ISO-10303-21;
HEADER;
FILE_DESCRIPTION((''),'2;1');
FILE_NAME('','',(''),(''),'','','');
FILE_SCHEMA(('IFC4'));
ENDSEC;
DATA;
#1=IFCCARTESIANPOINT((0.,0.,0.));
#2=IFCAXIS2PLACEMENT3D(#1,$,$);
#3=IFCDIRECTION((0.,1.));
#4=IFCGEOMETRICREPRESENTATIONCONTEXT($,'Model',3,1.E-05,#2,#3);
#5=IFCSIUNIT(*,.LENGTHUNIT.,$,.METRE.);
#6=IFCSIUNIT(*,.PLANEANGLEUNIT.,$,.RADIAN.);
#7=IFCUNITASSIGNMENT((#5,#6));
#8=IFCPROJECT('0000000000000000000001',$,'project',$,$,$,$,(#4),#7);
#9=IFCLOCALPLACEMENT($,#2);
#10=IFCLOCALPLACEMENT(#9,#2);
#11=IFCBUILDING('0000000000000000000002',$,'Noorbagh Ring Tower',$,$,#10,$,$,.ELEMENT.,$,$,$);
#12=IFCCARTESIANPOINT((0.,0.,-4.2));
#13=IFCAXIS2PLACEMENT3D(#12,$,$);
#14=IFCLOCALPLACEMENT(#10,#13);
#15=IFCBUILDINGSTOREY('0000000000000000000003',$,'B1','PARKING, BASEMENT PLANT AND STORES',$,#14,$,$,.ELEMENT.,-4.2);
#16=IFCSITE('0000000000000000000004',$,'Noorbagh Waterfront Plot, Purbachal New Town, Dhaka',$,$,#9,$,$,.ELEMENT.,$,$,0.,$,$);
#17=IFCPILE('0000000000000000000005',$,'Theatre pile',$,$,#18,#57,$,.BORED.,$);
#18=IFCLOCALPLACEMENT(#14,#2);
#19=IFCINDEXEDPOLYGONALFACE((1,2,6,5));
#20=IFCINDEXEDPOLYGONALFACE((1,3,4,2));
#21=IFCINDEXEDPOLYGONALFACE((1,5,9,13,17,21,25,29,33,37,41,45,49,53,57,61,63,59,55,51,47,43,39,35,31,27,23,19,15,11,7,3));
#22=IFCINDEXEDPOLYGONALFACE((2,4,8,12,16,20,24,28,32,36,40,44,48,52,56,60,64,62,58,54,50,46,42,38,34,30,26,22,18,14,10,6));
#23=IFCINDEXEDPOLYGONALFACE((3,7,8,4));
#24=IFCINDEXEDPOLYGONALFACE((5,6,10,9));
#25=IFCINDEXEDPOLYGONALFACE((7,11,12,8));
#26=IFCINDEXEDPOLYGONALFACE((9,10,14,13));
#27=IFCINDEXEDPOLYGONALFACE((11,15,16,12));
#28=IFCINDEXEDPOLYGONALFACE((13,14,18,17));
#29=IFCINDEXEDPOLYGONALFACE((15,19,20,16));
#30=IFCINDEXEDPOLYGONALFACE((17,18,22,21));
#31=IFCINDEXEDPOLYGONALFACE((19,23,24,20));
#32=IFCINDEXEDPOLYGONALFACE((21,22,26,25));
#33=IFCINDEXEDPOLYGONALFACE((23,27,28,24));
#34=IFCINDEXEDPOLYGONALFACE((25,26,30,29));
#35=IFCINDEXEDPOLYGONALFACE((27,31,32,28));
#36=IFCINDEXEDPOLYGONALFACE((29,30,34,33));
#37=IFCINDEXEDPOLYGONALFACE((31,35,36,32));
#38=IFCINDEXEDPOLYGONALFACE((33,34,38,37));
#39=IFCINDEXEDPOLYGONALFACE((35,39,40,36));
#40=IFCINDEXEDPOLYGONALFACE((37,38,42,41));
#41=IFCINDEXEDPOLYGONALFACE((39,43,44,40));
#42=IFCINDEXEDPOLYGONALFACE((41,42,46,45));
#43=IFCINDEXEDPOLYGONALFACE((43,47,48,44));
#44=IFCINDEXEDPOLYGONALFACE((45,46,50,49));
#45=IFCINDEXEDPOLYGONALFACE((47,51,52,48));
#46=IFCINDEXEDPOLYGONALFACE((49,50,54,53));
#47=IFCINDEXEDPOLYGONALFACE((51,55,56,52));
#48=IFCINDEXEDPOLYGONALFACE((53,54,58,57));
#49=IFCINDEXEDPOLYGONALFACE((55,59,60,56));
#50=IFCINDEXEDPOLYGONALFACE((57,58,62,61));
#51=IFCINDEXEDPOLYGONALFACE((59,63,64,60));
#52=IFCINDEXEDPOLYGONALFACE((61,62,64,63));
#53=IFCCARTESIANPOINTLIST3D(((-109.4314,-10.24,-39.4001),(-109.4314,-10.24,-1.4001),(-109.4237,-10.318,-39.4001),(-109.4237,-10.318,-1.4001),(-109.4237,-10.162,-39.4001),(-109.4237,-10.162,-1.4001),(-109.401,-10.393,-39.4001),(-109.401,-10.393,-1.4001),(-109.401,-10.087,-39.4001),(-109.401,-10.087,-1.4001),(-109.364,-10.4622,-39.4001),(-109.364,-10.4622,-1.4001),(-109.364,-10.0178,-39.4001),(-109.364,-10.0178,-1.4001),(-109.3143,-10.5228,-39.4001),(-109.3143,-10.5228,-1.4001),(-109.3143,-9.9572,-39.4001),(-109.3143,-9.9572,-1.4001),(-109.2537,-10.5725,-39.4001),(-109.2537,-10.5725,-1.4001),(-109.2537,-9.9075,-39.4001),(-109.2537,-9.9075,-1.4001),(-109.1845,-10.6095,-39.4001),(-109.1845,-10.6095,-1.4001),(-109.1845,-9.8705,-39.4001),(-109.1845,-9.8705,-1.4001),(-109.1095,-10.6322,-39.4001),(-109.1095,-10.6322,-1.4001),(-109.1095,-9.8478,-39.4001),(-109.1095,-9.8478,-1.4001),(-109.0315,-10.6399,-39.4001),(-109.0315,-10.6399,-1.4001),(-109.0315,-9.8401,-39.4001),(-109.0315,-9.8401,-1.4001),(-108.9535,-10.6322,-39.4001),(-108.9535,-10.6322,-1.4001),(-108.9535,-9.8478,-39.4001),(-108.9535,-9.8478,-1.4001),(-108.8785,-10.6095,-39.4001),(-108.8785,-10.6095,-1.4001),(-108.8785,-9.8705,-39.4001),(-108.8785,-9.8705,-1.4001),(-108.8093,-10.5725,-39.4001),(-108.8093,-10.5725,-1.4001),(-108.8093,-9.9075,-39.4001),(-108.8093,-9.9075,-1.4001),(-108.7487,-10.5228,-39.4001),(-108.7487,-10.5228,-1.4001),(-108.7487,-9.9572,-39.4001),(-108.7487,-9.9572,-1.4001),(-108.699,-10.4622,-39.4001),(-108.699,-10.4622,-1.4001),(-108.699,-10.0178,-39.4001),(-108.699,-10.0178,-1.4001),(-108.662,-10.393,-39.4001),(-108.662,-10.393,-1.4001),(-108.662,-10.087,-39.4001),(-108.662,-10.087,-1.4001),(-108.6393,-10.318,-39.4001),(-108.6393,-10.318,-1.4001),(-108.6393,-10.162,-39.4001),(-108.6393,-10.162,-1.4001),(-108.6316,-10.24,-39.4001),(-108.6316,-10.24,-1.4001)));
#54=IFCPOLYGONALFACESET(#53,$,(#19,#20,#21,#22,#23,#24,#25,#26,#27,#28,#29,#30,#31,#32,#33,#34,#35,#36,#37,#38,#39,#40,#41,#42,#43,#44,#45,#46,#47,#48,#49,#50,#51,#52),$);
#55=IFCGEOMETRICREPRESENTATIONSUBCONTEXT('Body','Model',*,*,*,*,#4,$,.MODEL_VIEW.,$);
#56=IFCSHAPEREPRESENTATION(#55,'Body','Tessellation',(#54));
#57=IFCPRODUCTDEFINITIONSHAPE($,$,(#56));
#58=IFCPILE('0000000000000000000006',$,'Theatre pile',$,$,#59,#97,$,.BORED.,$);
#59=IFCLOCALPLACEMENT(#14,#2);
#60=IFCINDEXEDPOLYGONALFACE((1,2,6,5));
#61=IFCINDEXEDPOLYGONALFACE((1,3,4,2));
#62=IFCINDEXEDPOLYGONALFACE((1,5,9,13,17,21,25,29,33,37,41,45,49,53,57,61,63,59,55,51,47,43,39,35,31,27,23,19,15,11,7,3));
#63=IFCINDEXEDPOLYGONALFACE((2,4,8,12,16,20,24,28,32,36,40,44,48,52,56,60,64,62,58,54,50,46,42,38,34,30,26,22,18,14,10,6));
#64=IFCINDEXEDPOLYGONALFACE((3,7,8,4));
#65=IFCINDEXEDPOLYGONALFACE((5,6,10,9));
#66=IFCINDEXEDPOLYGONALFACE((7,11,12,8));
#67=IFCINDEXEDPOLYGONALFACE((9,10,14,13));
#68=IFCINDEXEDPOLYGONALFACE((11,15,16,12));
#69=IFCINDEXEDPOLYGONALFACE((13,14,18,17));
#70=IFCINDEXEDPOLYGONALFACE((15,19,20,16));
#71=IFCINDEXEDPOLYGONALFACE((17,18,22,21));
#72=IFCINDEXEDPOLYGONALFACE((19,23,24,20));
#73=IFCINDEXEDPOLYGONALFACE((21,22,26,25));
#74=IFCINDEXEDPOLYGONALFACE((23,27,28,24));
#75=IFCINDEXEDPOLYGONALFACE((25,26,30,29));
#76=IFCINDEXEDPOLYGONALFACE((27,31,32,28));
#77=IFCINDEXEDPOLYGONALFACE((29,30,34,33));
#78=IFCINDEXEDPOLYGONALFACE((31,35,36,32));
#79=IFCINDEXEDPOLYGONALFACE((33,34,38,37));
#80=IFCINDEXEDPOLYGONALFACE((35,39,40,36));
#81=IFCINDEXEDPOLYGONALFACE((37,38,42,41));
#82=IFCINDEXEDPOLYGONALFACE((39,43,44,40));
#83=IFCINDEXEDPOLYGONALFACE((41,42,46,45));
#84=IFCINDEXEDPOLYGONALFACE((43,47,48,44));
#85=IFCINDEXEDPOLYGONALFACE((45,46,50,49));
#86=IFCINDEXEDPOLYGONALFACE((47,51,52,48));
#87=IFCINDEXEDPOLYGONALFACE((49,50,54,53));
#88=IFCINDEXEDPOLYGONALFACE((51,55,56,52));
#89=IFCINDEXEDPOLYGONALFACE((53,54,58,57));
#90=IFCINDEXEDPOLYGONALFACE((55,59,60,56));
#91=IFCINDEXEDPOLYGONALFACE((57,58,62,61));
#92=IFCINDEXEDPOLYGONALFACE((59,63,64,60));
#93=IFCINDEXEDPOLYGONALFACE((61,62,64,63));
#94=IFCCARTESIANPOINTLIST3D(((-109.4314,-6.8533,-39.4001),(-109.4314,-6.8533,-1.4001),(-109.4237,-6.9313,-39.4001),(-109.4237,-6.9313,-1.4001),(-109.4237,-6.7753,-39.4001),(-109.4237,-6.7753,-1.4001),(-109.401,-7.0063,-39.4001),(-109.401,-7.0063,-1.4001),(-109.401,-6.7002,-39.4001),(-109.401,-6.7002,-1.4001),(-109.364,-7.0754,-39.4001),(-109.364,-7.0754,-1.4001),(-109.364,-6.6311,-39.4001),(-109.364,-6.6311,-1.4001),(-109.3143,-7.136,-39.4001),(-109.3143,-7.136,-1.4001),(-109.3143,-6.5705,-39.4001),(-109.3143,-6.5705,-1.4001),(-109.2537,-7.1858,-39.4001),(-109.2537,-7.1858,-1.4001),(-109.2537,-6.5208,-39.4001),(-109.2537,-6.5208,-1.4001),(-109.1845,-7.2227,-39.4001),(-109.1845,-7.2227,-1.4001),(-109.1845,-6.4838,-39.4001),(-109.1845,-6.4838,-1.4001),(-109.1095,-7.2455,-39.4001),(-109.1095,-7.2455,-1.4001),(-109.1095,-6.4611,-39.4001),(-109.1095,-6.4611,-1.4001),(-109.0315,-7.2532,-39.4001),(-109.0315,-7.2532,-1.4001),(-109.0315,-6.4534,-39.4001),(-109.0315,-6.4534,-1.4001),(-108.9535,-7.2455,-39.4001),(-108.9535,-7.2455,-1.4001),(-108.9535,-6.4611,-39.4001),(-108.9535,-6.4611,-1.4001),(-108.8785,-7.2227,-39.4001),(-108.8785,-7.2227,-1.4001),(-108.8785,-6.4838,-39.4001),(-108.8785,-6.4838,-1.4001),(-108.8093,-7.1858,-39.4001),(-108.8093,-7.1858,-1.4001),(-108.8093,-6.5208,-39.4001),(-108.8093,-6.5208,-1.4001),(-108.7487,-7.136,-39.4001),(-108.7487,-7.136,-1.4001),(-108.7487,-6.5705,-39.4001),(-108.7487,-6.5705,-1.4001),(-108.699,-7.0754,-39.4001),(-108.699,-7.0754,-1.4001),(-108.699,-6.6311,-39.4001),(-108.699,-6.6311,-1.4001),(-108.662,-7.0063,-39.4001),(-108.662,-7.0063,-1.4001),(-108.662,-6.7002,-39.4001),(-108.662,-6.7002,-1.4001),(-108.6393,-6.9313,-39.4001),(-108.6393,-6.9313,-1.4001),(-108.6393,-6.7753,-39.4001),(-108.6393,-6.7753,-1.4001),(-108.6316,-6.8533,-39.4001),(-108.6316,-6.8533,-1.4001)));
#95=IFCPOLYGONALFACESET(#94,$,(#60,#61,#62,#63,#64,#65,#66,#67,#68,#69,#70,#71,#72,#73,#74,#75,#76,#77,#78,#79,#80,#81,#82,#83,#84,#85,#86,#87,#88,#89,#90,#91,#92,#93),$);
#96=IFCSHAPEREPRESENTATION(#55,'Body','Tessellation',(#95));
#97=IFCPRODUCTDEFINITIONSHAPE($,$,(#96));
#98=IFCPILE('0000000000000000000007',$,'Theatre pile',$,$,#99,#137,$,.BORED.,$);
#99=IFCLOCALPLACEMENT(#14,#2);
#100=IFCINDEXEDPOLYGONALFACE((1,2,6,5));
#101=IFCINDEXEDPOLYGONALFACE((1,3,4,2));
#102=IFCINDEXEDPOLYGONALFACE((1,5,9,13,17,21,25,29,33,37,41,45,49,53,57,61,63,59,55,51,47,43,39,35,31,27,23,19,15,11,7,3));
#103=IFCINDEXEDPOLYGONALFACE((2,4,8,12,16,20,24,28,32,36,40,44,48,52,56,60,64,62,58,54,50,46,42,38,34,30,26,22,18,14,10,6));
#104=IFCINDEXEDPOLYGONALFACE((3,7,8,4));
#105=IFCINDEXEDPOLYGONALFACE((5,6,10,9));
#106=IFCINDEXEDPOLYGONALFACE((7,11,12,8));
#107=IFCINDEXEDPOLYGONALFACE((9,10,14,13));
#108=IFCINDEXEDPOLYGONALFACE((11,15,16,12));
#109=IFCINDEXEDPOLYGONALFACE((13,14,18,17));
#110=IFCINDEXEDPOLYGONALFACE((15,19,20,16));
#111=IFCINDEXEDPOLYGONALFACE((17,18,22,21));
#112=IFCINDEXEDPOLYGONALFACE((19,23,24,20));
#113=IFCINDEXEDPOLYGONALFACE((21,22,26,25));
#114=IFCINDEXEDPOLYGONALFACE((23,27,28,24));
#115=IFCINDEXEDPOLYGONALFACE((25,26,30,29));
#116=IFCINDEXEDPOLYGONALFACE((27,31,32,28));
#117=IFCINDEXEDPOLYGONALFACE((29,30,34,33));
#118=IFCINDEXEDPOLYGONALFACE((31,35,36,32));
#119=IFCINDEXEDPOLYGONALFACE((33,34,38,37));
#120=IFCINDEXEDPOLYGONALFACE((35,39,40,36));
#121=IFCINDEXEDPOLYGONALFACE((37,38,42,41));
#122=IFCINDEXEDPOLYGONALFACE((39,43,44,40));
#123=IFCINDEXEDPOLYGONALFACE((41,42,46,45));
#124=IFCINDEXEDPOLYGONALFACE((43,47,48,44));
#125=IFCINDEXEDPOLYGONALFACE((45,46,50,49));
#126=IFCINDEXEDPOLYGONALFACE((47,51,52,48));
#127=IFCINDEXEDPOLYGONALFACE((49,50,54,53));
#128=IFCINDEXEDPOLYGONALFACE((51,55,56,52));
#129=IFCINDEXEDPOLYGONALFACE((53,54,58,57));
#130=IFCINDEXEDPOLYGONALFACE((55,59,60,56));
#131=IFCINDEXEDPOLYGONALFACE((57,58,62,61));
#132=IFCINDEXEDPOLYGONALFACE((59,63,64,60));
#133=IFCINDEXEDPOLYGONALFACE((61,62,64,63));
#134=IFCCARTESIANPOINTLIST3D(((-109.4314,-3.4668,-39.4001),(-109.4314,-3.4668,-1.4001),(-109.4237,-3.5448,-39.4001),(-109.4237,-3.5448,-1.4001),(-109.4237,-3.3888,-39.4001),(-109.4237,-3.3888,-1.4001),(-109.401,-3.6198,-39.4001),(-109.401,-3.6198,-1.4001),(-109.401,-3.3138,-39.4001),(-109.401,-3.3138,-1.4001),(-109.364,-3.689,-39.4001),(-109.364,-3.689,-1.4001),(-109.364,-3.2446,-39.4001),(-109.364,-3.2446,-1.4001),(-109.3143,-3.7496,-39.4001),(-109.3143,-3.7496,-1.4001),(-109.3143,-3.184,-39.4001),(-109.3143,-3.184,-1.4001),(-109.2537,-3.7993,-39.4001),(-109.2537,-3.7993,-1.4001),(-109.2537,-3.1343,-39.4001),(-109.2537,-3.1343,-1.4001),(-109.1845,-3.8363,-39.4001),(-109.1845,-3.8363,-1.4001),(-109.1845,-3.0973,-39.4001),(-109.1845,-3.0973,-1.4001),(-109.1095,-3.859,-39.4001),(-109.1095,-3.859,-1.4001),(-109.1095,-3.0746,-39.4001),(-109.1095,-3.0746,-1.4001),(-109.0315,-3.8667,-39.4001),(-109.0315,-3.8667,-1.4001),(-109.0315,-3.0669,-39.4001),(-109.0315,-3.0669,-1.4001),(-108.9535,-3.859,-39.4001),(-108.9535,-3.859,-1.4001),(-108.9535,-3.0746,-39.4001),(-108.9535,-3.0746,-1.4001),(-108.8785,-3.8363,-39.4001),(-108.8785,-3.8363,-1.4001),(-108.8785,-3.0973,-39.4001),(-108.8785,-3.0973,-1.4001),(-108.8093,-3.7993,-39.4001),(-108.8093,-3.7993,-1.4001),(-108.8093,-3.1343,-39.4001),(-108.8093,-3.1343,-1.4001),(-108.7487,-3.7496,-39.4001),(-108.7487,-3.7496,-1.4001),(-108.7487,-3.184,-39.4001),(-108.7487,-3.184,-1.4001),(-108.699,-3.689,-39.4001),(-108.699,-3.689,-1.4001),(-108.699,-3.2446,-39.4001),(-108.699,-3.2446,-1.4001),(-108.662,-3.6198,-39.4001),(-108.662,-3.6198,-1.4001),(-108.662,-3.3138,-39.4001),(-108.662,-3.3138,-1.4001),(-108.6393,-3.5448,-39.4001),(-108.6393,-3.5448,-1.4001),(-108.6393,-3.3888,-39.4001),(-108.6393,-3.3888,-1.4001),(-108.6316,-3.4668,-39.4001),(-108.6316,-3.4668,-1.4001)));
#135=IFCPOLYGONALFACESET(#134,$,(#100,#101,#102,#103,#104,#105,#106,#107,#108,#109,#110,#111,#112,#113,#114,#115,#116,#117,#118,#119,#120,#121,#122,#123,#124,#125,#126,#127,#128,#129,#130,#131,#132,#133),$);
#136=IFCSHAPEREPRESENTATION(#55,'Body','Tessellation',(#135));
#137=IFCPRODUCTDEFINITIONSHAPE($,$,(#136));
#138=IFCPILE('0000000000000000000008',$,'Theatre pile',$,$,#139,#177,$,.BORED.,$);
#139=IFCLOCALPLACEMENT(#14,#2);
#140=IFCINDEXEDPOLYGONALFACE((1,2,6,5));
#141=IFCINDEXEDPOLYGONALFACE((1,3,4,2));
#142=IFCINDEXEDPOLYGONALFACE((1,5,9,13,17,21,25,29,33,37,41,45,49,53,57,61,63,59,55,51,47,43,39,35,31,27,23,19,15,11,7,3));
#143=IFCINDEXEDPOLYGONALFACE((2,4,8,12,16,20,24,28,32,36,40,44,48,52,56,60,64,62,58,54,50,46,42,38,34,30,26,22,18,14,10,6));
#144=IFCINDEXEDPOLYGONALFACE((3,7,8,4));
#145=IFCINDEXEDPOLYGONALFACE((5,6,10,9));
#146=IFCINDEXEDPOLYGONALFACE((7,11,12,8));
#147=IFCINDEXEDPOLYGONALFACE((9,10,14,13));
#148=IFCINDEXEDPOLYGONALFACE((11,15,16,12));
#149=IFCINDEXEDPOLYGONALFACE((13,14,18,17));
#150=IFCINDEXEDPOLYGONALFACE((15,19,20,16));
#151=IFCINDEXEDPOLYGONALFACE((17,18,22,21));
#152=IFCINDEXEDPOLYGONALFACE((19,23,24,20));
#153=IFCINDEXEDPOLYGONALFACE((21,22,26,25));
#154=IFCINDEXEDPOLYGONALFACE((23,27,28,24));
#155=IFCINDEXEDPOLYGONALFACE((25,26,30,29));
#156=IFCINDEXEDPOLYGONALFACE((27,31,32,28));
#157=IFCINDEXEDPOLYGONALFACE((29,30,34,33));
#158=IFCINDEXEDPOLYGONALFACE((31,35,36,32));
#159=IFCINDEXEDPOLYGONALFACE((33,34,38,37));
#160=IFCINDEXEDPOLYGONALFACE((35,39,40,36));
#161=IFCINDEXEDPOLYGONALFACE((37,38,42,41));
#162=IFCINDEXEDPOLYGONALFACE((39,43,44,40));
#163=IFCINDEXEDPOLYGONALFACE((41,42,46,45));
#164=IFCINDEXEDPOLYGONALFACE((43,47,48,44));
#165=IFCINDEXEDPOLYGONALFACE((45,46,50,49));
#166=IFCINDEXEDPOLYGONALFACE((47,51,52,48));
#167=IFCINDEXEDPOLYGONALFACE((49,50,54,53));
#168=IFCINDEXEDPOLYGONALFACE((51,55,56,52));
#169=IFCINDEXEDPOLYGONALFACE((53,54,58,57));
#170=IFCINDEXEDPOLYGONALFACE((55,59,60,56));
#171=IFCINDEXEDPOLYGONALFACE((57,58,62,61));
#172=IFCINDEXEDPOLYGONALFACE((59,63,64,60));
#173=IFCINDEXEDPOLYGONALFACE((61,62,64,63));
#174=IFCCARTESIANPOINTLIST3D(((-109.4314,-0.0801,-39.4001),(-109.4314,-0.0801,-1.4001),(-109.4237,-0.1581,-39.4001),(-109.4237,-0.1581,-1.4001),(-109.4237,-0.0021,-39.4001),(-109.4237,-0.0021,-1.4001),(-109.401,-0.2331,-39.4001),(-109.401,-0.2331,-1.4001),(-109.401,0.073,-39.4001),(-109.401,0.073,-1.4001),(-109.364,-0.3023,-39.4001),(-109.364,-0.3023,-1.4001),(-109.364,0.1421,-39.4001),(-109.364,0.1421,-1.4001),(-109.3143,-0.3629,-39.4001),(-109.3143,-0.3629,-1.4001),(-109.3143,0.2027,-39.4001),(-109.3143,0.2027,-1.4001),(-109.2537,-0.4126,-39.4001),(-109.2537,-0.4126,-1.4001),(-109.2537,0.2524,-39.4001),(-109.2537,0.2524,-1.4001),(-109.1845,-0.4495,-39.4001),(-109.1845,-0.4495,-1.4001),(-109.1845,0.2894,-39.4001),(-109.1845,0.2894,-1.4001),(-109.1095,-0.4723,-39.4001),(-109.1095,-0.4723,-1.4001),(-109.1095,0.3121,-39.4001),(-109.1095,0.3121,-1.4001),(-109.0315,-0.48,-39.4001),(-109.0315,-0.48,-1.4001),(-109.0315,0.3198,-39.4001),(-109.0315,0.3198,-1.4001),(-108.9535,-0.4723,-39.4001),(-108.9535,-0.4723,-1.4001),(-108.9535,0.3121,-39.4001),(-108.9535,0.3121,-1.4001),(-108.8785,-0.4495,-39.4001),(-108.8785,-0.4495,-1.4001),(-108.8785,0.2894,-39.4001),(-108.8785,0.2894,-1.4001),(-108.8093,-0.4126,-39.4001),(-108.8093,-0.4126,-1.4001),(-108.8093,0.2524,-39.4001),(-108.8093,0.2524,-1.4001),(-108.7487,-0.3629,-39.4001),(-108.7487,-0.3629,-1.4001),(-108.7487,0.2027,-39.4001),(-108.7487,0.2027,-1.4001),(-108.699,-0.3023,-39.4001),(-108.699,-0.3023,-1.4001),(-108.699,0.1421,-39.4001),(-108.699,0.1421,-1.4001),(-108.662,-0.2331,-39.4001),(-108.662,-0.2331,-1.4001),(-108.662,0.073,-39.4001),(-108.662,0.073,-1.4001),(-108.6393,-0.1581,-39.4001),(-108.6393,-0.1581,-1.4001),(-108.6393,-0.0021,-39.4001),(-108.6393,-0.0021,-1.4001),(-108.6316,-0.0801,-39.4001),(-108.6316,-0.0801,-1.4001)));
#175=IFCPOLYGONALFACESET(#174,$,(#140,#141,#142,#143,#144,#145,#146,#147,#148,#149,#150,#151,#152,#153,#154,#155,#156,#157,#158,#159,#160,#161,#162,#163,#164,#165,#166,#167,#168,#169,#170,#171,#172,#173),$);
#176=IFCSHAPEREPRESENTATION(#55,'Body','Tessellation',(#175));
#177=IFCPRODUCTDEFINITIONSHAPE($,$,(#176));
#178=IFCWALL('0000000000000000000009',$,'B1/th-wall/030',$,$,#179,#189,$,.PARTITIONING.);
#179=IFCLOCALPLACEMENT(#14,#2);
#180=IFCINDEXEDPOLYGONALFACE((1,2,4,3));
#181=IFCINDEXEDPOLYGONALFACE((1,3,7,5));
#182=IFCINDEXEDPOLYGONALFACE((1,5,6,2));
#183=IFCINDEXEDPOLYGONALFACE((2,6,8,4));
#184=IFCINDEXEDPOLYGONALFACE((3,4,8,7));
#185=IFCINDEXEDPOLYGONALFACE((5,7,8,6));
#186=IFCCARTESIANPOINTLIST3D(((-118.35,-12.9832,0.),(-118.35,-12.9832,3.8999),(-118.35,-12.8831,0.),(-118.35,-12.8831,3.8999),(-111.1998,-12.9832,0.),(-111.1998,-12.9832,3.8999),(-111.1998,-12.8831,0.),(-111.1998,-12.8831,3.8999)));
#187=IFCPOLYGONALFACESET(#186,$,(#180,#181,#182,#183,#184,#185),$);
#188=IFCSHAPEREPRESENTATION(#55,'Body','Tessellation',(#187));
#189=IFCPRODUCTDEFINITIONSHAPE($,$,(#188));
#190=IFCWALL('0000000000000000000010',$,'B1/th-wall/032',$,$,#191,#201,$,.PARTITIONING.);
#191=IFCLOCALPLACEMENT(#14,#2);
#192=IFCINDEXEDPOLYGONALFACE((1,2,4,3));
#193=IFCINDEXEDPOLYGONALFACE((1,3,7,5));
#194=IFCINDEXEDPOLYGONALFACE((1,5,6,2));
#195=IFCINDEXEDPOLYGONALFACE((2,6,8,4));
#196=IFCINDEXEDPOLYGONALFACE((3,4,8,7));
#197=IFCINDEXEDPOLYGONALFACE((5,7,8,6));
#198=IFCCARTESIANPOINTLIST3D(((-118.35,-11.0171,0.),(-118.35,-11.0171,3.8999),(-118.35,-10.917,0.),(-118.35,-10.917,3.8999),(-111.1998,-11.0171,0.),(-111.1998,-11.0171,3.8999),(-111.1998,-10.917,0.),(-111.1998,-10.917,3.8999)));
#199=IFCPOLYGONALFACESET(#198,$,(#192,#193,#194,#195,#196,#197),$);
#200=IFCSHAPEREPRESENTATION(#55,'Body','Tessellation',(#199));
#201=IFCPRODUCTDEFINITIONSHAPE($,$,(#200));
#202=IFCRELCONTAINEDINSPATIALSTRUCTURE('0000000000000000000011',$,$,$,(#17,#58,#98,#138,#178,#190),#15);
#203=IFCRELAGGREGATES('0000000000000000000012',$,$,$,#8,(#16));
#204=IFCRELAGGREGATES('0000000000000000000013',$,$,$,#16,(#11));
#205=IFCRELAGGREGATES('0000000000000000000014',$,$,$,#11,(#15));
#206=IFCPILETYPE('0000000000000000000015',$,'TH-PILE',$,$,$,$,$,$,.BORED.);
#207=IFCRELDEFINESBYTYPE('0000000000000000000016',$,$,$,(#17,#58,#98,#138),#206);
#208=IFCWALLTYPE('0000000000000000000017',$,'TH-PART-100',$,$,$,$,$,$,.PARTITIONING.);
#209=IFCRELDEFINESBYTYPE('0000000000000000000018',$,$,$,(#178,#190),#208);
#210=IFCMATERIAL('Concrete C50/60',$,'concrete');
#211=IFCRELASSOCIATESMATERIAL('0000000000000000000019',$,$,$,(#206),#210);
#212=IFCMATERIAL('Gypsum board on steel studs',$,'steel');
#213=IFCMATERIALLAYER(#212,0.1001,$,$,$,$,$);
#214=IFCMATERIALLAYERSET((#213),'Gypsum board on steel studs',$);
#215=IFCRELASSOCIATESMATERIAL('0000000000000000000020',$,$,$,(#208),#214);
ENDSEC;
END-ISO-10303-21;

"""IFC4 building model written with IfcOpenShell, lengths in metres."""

from ifc_helpers import new_model, si_unit, direction, frame, frame_2d, origin, origin_2d, place, context, subcontext, project, spatial, rectangle, circle, extrude, material, layer, layer_set, material_profile, profile_set, type_object, element, save


model = new_model("IFC4")

# Units and contexts
model_context = context("Model", 3, precision=1e-05, world=origin(), true_north=direction((0.0, 1.0)))
body_context = subcontext(model_context, "Body", "Model", "MODEL_VIEW")
ifc_project = project(units=[si_unit("LENGTHUNIT", "METRE"), si_unit("PLANEANGLEUNIT", "RADIAN")], contexts=[model_context])

# Site, building, storey
site_placement = place(None, origin())
site = spatial("IfcSite", under=ifc_project, at=site_placement, Name="Noorbagh Waterfront Plot, Purbachal New Town, Dhaka", CompositionType="ELEMENT", RefElevation=0.0)
building_placement = place(site_placement, origin())
building = spatial("IfcBuilding", under=site, at=building_placement, Name="Noorbagh Ring Tower", CompositionType="ELEMENT")
storey_placement = place(building_placement, frame((0.0, 0.0, -4.2)))
storey = spatial("IfcBuildingStorey", under=building, at=storey_placement, Name="B1", Description="PARKING, BASEMENT PLANT AND STORES", CompositionType="ELEMENT", Elevation=-4.2)

# Piles
ifc_material_1 = material(Name="Concrete C50/60", Category="concrete")
ifc_material_profile = material_profile(ifc_material_1, circle(Radius=0.3999, at=origin_2d()), Name="PILE800")
ifc_profile_set = profile_set([ifc_material_profile], Name="Concrete C50/60")
pile_type = type_object("IfcPileType", Name="TH-PILE", PredefinedType="BORED", material=ifc_profile_set)
for number, where, z_axis, x_axis, name in (
    (1, (-109.0315, -10.24, -1.4001), (0.0, 0.0, -1.0), (1.0, 0.0, 0.0), "Theatre pile"),
    (2, (-109.0315, -6.8533, -1.4001), (0.0, 0.0, -1.0), (1.0, 0.0, 0.0), "Theatre pile"),
    (3, (-109.0315, -3.4668, -1.4001), (0.0, 0.0, -1.0), (1.0, 0.0, 0.0), "Theatre pile"),
    (4, (-109.0315, -0.0801, -1.4001), (0.0, 0.0, -1.0), (1.0, 0.0, 0.0), "Theatre pile"),
):
    element("IfcPile", number, at=place(storey_placement, frame(where, z_axis=z_axis, x_axis=x_axis)), inside=storey, type_object=pile_type, Name=name, PredefinedType="BORED", context=body_context, shape_type="SweptSolid", body=[
        extrude(circle(Radius=0.3999, at=origin_2d()), origin(), (0.0, 0.0, 1.0), 38.0),
    ])

# Walls
ifc_material_2 = material(Name="Gypsum board on steel studs", Category="steel")
ifc_layer = layer(ifc_material_2, 0.1001)
ifc_layer_set = layer_set([ifc_layer], Name="Gypsum board on steel studs")
wall_type = type_object("IfcWallType", Name="TH-PART-100", PredefinedType="PARTITIONING", material=ifc_layer_set)
for number, where, z_axis, x_axis, name in (
    (5, (-118.3501, -12.9331, 0.0), (0.0, 0.0, 1.0), (1.0, 0.0, 0.0), "B1/th-wall/030"),
    (6, (-118.3501, -10.967, 0.0), (0.0, 0.0, 1.0), (1.0, 0.0, 0.0), "B1/th-wall/032"),
):
    element("IfcWall", number, at=place(storey_placement, frame(where, z_axis=z_axis, x_axis=x_axis)), inside=storey, type_object=wall_type, Name=name, PredefinedType="PARTITIONING", context=body_context, shape_type="SweptSolid", body=[
        extrude(rectangle(XDim=7.1501, YDim=0.1001, at=frame_2d((3.5752, 0.0))), origin(), (0.0, 0.0, 1.0), 3.8999),
    ])

save(model, "model.ifc")
